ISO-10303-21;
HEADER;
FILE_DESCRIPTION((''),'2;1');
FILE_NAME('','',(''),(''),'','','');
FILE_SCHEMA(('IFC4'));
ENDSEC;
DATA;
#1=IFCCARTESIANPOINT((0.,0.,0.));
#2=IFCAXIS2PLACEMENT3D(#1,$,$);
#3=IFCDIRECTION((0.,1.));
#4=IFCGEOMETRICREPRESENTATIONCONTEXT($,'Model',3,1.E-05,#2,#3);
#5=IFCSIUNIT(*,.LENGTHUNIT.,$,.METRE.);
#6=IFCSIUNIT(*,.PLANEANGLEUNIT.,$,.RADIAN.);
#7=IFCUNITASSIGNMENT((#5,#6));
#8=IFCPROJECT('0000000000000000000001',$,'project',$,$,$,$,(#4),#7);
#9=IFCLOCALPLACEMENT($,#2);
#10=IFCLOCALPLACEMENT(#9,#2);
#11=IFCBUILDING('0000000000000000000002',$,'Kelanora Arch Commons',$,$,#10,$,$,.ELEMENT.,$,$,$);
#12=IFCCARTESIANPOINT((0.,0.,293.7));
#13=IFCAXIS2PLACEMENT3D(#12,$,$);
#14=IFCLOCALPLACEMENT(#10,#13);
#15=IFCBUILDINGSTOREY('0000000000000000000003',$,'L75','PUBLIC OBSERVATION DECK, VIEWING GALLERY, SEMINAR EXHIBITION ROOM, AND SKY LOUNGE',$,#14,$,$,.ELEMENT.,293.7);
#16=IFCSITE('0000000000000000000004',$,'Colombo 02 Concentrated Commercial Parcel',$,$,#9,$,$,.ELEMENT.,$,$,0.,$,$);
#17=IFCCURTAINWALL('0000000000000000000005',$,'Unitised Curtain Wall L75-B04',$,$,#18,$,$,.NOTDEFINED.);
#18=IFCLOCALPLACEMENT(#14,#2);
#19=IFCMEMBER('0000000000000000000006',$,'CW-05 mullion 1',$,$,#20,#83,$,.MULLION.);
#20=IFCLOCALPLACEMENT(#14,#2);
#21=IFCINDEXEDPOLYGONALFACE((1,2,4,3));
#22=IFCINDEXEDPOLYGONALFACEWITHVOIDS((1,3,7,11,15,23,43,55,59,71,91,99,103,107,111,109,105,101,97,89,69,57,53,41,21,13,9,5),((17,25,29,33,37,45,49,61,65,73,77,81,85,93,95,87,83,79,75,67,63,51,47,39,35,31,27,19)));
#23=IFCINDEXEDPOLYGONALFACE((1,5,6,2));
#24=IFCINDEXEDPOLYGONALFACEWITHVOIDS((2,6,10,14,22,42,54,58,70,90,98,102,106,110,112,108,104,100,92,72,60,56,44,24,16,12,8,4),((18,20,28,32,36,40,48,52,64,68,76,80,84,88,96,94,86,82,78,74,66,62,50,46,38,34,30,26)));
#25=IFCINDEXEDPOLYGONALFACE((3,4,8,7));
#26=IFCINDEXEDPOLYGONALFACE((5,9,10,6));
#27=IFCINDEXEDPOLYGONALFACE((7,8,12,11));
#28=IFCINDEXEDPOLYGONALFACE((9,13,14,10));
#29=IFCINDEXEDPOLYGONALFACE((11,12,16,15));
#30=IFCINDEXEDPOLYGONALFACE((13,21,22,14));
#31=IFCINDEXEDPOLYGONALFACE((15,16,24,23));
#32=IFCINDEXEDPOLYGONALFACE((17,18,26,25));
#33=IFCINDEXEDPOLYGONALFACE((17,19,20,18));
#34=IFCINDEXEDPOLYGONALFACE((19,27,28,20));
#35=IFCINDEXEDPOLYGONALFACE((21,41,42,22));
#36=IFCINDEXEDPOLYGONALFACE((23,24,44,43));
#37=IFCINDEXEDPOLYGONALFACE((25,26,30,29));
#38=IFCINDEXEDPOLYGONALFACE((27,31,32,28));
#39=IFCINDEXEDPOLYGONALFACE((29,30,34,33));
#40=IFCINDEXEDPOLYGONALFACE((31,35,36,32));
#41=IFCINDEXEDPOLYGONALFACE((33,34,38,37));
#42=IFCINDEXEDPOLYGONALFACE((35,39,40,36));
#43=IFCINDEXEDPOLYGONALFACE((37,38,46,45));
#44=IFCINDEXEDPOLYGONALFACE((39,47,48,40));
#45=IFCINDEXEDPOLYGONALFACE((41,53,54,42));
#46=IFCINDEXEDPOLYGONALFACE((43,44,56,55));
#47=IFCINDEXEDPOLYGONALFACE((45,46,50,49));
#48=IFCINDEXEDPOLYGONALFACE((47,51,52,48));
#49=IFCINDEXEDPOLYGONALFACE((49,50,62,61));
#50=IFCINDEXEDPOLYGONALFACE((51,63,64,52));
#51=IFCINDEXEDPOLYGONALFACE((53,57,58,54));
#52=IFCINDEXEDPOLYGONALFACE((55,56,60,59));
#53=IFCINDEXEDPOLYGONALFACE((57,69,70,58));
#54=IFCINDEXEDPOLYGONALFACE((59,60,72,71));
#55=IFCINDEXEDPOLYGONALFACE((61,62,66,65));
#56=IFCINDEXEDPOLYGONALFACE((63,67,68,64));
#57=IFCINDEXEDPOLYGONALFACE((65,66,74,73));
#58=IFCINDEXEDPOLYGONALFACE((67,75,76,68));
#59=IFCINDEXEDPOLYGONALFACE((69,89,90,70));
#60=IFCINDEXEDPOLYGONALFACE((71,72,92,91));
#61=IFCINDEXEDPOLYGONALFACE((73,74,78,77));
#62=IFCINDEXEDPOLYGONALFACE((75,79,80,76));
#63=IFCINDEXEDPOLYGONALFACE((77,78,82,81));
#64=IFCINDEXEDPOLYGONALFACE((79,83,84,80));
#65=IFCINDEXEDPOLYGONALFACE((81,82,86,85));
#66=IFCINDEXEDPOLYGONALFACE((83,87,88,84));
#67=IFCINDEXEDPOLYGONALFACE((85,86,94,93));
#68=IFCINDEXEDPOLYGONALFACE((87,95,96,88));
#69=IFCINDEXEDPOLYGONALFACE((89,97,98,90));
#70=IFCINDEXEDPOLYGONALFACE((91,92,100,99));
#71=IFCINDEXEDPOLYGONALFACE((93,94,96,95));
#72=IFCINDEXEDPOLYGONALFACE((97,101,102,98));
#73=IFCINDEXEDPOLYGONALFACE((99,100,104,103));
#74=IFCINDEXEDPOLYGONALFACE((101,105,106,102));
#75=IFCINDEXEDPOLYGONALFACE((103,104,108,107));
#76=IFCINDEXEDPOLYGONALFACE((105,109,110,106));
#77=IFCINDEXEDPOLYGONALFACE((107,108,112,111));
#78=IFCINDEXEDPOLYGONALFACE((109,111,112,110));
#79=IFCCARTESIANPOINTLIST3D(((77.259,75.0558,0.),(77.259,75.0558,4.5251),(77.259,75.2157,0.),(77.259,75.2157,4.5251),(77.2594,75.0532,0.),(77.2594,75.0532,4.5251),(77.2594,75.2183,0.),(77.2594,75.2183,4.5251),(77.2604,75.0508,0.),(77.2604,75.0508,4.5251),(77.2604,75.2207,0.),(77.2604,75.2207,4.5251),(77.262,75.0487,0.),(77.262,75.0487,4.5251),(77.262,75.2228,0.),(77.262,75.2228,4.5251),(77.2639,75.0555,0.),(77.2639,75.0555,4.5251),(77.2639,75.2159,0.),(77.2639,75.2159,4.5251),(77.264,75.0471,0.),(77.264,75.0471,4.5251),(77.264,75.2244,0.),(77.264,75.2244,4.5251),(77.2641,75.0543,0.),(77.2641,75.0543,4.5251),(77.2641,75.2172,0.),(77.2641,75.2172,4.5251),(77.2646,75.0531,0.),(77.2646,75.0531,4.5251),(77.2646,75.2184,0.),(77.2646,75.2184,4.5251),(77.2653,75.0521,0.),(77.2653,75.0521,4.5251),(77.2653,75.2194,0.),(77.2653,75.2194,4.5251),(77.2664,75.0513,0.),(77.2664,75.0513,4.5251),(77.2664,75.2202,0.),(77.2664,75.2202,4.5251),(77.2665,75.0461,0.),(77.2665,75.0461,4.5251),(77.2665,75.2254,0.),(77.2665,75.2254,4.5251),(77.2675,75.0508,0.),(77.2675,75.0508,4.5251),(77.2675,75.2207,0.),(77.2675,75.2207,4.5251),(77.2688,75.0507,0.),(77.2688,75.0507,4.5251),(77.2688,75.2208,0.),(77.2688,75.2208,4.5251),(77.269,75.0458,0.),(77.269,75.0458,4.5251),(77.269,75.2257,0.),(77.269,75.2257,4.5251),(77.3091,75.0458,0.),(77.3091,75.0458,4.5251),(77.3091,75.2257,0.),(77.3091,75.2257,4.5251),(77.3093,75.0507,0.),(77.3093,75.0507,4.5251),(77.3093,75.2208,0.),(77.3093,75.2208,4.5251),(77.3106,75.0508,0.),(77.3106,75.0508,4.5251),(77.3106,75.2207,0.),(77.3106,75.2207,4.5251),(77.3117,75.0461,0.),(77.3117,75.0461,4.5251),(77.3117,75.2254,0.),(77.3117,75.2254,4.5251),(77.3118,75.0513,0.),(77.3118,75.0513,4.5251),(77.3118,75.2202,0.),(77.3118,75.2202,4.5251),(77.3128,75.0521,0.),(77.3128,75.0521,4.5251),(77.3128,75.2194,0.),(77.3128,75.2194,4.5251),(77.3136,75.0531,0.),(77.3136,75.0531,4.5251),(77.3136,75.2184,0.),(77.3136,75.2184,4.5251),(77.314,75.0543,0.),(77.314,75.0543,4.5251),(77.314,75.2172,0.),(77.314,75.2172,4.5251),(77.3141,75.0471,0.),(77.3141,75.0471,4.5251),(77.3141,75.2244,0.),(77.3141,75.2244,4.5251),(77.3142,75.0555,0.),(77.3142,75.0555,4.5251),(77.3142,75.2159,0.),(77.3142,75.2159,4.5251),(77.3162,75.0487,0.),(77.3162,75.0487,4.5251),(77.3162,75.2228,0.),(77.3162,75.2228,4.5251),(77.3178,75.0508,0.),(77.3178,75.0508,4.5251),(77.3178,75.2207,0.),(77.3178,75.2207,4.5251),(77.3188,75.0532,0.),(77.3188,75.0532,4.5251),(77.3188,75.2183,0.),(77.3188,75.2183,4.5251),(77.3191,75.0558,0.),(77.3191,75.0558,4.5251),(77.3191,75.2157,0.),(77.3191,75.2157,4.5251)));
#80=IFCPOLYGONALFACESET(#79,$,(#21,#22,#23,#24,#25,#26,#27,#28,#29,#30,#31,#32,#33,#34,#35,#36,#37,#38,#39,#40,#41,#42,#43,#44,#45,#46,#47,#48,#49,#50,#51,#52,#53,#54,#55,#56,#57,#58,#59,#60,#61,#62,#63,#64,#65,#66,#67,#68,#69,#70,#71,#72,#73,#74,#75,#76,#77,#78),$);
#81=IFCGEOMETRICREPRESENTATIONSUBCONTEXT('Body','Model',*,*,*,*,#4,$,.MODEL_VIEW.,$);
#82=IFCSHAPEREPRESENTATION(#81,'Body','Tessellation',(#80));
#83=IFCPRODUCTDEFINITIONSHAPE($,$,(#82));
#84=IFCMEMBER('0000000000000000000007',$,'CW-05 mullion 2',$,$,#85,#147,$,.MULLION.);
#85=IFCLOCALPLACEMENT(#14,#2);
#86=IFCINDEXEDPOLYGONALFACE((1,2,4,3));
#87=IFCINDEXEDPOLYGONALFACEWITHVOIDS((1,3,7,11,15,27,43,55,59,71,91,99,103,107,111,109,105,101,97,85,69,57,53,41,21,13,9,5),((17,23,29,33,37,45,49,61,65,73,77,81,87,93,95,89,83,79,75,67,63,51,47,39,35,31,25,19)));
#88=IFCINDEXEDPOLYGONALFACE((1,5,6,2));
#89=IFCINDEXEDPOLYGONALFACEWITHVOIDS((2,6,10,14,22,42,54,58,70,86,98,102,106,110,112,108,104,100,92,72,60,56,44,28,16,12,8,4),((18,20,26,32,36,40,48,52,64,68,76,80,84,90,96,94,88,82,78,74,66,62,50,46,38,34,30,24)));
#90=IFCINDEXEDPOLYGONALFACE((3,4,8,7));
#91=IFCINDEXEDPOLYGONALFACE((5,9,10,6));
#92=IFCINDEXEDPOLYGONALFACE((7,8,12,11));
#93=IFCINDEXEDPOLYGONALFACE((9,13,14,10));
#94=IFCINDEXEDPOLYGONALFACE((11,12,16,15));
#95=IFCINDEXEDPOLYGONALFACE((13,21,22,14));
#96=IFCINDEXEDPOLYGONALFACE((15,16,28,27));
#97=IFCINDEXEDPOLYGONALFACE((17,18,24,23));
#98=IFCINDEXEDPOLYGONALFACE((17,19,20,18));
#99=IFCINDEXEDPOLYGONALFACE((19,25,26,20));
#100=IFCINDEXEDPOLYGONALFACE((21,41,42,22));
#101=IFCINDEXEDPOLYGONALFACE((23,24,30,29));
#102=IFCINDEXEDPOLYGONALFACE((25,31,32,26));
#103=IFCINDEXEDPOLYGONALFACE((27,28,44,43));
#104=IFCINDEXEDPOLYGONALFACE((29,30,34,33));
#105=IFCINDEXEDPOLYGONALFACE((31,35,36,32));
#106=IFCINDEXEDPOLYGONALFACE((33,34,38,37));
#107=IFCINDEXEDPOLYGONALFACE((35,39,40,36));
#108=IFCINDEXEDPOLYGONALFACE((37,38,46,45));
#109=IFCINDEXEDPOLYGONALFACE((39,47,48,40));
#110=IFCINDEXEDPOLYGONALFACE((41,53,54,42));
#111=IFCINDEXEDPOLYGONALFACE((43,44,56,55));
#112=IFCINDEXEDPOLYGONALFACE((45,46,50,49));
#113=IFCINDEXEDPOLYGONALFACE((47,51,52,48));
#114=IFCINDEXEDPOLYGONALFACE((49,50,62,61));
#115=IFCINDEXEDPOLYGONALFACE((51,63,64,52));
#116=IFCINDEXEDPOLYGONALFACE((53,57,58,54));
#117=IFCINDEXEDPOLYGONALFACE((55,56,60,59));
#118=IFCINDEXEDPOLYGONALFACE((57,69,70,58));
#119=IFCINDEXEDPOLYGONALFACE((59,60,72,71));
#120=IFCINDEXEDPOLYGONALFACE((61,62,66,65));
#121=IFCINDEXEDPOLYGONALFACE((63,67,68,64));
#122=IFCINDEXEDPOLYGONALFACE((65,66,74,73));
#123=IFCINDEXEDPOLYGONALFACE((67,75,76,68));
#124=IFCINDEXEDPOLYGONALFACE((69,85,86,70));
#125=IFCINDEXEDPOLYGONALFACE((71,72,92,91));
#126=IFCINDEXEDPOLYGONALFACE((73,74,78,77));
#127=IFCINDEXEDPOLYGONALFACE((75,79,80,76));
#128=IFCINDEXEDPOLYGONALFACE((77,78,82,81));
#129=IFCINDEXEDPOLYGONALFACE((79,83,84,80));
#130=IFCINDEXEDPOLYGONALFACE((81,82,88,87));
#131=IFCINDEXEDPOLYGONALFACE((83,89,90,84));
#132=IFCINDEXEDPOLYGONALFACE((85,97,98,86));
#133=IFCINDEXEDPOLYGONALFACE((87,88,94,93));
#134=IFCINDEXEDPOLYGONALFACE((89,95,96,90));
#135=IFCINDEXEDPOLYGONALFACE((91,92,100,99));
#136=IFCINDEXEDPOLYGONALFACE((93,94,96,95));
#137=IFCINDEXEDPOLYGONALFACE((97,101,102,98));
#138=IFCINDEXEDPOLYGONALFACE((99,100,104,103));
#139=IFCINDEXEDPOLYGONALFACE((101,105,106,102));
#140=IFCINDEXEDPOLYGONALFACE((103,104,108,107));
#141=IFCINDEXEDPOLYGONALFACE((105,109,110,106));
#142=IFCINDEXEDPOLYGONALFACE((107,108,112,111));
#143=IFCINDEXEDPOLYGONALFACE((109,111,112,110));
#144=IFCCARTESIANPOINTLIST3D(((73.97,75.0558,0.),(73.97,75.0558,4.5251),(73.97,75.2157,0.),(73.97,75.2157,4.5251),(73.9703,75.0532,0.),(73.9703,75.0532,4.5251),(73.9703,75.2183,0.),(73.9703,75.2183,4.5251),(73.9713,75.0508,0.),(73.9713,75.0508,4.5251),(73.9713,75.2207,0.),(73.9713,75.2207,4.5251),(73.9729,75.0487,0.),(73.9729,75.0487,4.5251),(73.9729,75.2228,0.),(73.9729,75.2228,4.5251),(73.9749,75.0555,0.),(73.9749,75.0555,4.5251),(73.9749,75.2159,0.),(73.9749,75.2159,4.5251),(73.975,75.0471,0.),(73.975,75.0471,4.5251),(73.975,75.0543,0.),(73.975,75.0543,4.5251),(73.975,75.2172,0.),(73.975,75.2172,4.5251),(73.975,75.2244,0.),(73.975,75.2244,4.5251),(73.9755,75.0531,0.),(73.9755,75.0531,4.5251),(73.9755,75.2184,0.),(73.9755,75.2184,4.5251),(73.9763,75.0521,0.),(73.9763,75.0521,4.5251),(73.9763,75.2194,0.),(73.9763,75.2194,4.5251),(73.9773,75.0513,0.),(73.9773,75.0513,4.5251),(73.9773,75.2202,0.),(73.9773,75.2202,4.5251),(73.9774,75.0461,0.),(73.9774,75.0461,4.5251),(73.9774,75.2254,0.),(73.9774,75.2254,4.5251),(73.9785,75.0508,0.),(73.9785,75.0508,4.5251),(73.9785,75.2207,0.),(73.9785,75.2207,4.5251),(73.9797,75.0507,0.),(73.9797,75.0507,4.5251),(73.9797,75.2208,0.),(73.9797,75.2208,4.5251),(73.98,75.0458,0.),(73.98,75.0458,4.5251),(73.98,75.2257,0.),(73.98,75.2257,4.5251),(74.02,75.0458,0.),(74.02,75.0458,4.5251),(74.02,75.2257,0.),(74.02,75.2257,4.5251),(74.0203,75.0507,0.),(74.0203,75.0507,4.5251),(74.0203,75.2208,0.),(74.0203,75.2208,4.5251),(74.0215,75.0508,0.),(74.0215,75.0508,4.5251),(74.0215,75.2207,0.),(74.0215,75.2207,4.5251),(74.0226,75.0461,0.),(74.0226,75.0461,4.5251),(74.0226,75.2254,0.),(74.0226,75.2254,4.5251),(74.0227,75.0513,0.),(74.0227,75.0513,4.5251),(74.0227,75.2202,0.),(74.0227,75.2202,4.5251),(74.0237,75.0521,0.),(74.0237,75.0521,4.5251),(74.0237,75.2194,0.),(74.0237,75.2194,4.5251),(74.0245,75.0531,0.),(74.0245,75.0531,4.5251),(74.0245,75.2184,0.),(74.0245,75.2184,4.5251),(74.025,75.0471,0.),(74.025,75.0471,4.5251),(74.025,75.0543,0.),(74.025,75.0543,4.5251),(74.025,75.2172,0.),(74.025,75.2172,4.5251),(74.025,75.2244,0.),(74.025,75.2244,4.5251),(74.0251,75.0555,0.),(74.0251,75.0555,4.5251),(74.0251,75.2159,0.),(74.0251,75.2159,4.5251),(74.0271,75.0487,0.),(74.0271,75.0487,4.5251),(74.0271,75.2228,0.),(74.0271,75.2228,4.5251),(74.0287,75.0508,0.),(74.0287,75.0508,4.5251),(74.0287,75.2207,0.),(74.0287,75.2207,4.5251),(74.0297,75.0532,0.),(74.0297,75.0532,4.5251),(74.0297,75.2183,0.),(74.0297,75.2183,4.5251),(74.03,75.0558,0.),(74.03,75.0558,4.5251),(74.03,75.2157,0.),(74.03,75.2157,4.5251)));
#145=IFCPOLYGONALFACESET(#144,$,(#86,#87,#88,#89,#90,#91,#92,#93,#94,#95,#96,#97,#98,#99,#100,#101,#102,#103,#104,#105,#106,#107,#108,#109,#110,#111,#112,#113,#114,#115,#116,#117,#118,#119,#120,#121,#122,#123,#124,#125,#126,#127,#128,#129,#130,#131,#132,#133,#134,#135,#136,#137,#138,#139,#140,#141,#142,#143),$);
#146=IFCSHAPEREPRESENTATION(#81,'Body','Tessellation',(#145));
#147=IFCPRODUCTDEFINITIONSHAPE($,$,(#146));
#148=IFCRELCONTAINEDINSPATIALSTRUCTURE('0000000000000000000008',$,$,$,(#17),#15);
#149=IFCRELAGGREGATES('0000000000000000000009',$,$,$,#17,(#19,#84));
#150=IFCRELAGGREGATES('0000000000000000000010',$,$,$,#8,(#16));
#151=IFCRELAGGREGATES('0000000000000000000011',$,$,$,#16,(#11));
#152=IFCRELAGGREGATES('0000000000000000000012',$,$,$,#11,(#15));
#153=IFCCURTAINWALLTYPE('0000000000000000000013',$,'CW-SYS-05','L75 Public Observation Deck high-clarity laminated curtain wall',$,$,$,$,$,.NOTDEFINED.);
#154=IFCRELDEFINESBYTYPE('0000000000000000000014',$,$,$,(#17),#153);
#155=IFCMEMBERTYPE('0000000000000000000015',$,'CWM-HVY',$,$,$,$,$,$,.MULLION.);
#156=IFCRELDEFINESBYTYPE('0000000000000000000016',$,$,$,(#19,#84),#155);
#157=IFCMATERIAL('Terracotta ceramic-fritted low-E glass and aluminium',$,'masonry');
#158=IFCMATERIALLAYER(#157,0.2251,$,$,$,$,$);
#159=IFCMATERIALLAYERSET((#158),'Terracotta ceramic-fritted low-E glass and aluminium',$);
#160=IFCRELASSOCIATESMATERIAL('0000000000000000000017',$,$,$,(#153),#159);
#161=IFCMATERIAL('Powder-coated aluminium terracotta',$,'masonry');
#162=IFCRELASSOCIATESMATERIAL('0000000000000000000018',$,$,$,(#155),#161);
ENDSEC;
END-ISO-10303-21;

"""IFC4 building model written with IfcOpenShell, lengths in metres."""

from ifc_helpers import new_model, si_unit, direction, frame, origin, origin_2d, place, context, subcontext, project, spatial, hollow_rectangle, extrude, material, layer, layer_set, material_profile, profile_set, type_object, element, aggregate, save


model = new_model("IFC4")

# Units and contexts
model_context = context("Model", 3, precision=1e-05, world=origin(), true_north=direction((0.0, 1.0)))
body_context = subcontext(model_context, "Body", "Model", "MODEL_VIEW")
ifc_project = project(units=[si_unit("LENGTHUNIT", "METRE"), si_unit("PLANEANGLEUNIT", "RADIAN")], contexts=[model_context])

# Site, building, storey
site_placement = place(None, origin())
site = spatial("IfcSite", under=ifc_project, at=site_placement, Name="Colombo 02 Concentrated Commercial Parcel", CompositionType="ELEMENT", RefElevation=0.0)
building_placement = place(site_placement, origin())
building = spatial("IfcBuilding", under=site, at=building_placement, Name="Kelanora Arch Commons", CompositionType="ELEMENT")
storey_placement = place(building_placement, frame((0.0, 0.0, 293.7)))
storey = spatial("IfcBuildingStorey", under=building, at=storey_placement, Name="L75", Description="PUBLIC OBSERVATION DECK, VIEWING GALLERY, SEMINAR EXHIBITION ROOM, AND SKY LOUNGE", CompositionType="ELEMENT", Elevation=293.7)

# Curtain wall, members
ifc_material_1 = material(Name="Terracotta ceramic-fritted low-E glass and aluminium", Category="masonry")
ifc_layer_1 = layer(ifc_material_1, 0.2251)
ifc_layer_set_1 = layer_set([ifc_layer_1], Name="Terracotta ceramic-fritted low-E glass and aluminium")
curtain_wall_type = type_object("IfcCurtainWallType", Name="CW-SYS-05", Description="L75 Public Observation Deck high-clarity laminated curtain wall", PredefinedType="NOTDEFINED", material=ifc_layer_set_1)
ifc_material_2 = material(Name="Powder-coated aluminium terracotta", Category="masonry")
ifc_material_profile_1 = material_profile(ifc_material_2, hollow_rectangle(XDim=0.1799, YDim=0.0601, WallThickness=0.0049, InnerFilletRadius=0.0049, OuterFilletRadius=0.01, at=origin_2d()), Name="CWM180x60")
ifc_profile_set_1 = profile_set([ifc_material_profile_1], Name="Powder-coated aluminium terracotta")
member_type_1 = type_object("IfcMemberType", Name="CWM-HVY", PredefinedType="MULLION", material=ifc_profile_set_1)
curtain_wall_1_placement = place(storey_placement, origin())
curtain_wall_1 = element("IfcCurtainWall", 1, at=curtain_wall_1_placement, inside=storey, type_object=curtain_wall_type, Name="Unitised Curtain Wall L75-B04", PredefinedType="NOTDEFINED")
member_1_placement = place(storey_placement, frame((77.2891, 75.1357, 0.0), z_axis=(0.0, 0.0, 1.0), x_axis=(0.0, -1.0, 0.0)))
member_1 = element("IfcMember", 2, at=member_1_placement, type_object=member_type_1, Name="CW-05 mullion 1", PredefinedType="MULLION", context=body_context, shape_type="SweptSolid", body=[
    extrude(hollow_rectangle(XDim=0.1799, YDim=0.0601, WallThickness=0.0049, InnerFilletRadius=0.0049, OuterFilletRadius=0.01, at=origin_2d()), origin(), (0.0, 0.0, 1.0), 4.5251),
])
member_2_placement = place(storey_placement, frame((74.0, 75.1357, 0.0), z_axis=(0.0, 0.0, 1.0), x_axis=(0.0, -1.0, 0.0)))
member_2 = element("IfcMember", 3, at=member_2_placement, type_object=member_type_1, Name="CW-05 mullion 2", PredefinedType="MULLION", context=body_context, shape_type="SweptSolid", body=[
    extrude(hollow_rectangle(XDim=0.1799, YDim=0.0601, WallThickness=0.0049, InnerFilletRadius=0.0049, OuterFilletRadius=0.01, at=origin_2d()), origin(), (0.0, 0.0, 1.0), 4.5251),
])

aggregate(curtain_wall_1, [member_1, member_2])

save(model, "model.ifc")
